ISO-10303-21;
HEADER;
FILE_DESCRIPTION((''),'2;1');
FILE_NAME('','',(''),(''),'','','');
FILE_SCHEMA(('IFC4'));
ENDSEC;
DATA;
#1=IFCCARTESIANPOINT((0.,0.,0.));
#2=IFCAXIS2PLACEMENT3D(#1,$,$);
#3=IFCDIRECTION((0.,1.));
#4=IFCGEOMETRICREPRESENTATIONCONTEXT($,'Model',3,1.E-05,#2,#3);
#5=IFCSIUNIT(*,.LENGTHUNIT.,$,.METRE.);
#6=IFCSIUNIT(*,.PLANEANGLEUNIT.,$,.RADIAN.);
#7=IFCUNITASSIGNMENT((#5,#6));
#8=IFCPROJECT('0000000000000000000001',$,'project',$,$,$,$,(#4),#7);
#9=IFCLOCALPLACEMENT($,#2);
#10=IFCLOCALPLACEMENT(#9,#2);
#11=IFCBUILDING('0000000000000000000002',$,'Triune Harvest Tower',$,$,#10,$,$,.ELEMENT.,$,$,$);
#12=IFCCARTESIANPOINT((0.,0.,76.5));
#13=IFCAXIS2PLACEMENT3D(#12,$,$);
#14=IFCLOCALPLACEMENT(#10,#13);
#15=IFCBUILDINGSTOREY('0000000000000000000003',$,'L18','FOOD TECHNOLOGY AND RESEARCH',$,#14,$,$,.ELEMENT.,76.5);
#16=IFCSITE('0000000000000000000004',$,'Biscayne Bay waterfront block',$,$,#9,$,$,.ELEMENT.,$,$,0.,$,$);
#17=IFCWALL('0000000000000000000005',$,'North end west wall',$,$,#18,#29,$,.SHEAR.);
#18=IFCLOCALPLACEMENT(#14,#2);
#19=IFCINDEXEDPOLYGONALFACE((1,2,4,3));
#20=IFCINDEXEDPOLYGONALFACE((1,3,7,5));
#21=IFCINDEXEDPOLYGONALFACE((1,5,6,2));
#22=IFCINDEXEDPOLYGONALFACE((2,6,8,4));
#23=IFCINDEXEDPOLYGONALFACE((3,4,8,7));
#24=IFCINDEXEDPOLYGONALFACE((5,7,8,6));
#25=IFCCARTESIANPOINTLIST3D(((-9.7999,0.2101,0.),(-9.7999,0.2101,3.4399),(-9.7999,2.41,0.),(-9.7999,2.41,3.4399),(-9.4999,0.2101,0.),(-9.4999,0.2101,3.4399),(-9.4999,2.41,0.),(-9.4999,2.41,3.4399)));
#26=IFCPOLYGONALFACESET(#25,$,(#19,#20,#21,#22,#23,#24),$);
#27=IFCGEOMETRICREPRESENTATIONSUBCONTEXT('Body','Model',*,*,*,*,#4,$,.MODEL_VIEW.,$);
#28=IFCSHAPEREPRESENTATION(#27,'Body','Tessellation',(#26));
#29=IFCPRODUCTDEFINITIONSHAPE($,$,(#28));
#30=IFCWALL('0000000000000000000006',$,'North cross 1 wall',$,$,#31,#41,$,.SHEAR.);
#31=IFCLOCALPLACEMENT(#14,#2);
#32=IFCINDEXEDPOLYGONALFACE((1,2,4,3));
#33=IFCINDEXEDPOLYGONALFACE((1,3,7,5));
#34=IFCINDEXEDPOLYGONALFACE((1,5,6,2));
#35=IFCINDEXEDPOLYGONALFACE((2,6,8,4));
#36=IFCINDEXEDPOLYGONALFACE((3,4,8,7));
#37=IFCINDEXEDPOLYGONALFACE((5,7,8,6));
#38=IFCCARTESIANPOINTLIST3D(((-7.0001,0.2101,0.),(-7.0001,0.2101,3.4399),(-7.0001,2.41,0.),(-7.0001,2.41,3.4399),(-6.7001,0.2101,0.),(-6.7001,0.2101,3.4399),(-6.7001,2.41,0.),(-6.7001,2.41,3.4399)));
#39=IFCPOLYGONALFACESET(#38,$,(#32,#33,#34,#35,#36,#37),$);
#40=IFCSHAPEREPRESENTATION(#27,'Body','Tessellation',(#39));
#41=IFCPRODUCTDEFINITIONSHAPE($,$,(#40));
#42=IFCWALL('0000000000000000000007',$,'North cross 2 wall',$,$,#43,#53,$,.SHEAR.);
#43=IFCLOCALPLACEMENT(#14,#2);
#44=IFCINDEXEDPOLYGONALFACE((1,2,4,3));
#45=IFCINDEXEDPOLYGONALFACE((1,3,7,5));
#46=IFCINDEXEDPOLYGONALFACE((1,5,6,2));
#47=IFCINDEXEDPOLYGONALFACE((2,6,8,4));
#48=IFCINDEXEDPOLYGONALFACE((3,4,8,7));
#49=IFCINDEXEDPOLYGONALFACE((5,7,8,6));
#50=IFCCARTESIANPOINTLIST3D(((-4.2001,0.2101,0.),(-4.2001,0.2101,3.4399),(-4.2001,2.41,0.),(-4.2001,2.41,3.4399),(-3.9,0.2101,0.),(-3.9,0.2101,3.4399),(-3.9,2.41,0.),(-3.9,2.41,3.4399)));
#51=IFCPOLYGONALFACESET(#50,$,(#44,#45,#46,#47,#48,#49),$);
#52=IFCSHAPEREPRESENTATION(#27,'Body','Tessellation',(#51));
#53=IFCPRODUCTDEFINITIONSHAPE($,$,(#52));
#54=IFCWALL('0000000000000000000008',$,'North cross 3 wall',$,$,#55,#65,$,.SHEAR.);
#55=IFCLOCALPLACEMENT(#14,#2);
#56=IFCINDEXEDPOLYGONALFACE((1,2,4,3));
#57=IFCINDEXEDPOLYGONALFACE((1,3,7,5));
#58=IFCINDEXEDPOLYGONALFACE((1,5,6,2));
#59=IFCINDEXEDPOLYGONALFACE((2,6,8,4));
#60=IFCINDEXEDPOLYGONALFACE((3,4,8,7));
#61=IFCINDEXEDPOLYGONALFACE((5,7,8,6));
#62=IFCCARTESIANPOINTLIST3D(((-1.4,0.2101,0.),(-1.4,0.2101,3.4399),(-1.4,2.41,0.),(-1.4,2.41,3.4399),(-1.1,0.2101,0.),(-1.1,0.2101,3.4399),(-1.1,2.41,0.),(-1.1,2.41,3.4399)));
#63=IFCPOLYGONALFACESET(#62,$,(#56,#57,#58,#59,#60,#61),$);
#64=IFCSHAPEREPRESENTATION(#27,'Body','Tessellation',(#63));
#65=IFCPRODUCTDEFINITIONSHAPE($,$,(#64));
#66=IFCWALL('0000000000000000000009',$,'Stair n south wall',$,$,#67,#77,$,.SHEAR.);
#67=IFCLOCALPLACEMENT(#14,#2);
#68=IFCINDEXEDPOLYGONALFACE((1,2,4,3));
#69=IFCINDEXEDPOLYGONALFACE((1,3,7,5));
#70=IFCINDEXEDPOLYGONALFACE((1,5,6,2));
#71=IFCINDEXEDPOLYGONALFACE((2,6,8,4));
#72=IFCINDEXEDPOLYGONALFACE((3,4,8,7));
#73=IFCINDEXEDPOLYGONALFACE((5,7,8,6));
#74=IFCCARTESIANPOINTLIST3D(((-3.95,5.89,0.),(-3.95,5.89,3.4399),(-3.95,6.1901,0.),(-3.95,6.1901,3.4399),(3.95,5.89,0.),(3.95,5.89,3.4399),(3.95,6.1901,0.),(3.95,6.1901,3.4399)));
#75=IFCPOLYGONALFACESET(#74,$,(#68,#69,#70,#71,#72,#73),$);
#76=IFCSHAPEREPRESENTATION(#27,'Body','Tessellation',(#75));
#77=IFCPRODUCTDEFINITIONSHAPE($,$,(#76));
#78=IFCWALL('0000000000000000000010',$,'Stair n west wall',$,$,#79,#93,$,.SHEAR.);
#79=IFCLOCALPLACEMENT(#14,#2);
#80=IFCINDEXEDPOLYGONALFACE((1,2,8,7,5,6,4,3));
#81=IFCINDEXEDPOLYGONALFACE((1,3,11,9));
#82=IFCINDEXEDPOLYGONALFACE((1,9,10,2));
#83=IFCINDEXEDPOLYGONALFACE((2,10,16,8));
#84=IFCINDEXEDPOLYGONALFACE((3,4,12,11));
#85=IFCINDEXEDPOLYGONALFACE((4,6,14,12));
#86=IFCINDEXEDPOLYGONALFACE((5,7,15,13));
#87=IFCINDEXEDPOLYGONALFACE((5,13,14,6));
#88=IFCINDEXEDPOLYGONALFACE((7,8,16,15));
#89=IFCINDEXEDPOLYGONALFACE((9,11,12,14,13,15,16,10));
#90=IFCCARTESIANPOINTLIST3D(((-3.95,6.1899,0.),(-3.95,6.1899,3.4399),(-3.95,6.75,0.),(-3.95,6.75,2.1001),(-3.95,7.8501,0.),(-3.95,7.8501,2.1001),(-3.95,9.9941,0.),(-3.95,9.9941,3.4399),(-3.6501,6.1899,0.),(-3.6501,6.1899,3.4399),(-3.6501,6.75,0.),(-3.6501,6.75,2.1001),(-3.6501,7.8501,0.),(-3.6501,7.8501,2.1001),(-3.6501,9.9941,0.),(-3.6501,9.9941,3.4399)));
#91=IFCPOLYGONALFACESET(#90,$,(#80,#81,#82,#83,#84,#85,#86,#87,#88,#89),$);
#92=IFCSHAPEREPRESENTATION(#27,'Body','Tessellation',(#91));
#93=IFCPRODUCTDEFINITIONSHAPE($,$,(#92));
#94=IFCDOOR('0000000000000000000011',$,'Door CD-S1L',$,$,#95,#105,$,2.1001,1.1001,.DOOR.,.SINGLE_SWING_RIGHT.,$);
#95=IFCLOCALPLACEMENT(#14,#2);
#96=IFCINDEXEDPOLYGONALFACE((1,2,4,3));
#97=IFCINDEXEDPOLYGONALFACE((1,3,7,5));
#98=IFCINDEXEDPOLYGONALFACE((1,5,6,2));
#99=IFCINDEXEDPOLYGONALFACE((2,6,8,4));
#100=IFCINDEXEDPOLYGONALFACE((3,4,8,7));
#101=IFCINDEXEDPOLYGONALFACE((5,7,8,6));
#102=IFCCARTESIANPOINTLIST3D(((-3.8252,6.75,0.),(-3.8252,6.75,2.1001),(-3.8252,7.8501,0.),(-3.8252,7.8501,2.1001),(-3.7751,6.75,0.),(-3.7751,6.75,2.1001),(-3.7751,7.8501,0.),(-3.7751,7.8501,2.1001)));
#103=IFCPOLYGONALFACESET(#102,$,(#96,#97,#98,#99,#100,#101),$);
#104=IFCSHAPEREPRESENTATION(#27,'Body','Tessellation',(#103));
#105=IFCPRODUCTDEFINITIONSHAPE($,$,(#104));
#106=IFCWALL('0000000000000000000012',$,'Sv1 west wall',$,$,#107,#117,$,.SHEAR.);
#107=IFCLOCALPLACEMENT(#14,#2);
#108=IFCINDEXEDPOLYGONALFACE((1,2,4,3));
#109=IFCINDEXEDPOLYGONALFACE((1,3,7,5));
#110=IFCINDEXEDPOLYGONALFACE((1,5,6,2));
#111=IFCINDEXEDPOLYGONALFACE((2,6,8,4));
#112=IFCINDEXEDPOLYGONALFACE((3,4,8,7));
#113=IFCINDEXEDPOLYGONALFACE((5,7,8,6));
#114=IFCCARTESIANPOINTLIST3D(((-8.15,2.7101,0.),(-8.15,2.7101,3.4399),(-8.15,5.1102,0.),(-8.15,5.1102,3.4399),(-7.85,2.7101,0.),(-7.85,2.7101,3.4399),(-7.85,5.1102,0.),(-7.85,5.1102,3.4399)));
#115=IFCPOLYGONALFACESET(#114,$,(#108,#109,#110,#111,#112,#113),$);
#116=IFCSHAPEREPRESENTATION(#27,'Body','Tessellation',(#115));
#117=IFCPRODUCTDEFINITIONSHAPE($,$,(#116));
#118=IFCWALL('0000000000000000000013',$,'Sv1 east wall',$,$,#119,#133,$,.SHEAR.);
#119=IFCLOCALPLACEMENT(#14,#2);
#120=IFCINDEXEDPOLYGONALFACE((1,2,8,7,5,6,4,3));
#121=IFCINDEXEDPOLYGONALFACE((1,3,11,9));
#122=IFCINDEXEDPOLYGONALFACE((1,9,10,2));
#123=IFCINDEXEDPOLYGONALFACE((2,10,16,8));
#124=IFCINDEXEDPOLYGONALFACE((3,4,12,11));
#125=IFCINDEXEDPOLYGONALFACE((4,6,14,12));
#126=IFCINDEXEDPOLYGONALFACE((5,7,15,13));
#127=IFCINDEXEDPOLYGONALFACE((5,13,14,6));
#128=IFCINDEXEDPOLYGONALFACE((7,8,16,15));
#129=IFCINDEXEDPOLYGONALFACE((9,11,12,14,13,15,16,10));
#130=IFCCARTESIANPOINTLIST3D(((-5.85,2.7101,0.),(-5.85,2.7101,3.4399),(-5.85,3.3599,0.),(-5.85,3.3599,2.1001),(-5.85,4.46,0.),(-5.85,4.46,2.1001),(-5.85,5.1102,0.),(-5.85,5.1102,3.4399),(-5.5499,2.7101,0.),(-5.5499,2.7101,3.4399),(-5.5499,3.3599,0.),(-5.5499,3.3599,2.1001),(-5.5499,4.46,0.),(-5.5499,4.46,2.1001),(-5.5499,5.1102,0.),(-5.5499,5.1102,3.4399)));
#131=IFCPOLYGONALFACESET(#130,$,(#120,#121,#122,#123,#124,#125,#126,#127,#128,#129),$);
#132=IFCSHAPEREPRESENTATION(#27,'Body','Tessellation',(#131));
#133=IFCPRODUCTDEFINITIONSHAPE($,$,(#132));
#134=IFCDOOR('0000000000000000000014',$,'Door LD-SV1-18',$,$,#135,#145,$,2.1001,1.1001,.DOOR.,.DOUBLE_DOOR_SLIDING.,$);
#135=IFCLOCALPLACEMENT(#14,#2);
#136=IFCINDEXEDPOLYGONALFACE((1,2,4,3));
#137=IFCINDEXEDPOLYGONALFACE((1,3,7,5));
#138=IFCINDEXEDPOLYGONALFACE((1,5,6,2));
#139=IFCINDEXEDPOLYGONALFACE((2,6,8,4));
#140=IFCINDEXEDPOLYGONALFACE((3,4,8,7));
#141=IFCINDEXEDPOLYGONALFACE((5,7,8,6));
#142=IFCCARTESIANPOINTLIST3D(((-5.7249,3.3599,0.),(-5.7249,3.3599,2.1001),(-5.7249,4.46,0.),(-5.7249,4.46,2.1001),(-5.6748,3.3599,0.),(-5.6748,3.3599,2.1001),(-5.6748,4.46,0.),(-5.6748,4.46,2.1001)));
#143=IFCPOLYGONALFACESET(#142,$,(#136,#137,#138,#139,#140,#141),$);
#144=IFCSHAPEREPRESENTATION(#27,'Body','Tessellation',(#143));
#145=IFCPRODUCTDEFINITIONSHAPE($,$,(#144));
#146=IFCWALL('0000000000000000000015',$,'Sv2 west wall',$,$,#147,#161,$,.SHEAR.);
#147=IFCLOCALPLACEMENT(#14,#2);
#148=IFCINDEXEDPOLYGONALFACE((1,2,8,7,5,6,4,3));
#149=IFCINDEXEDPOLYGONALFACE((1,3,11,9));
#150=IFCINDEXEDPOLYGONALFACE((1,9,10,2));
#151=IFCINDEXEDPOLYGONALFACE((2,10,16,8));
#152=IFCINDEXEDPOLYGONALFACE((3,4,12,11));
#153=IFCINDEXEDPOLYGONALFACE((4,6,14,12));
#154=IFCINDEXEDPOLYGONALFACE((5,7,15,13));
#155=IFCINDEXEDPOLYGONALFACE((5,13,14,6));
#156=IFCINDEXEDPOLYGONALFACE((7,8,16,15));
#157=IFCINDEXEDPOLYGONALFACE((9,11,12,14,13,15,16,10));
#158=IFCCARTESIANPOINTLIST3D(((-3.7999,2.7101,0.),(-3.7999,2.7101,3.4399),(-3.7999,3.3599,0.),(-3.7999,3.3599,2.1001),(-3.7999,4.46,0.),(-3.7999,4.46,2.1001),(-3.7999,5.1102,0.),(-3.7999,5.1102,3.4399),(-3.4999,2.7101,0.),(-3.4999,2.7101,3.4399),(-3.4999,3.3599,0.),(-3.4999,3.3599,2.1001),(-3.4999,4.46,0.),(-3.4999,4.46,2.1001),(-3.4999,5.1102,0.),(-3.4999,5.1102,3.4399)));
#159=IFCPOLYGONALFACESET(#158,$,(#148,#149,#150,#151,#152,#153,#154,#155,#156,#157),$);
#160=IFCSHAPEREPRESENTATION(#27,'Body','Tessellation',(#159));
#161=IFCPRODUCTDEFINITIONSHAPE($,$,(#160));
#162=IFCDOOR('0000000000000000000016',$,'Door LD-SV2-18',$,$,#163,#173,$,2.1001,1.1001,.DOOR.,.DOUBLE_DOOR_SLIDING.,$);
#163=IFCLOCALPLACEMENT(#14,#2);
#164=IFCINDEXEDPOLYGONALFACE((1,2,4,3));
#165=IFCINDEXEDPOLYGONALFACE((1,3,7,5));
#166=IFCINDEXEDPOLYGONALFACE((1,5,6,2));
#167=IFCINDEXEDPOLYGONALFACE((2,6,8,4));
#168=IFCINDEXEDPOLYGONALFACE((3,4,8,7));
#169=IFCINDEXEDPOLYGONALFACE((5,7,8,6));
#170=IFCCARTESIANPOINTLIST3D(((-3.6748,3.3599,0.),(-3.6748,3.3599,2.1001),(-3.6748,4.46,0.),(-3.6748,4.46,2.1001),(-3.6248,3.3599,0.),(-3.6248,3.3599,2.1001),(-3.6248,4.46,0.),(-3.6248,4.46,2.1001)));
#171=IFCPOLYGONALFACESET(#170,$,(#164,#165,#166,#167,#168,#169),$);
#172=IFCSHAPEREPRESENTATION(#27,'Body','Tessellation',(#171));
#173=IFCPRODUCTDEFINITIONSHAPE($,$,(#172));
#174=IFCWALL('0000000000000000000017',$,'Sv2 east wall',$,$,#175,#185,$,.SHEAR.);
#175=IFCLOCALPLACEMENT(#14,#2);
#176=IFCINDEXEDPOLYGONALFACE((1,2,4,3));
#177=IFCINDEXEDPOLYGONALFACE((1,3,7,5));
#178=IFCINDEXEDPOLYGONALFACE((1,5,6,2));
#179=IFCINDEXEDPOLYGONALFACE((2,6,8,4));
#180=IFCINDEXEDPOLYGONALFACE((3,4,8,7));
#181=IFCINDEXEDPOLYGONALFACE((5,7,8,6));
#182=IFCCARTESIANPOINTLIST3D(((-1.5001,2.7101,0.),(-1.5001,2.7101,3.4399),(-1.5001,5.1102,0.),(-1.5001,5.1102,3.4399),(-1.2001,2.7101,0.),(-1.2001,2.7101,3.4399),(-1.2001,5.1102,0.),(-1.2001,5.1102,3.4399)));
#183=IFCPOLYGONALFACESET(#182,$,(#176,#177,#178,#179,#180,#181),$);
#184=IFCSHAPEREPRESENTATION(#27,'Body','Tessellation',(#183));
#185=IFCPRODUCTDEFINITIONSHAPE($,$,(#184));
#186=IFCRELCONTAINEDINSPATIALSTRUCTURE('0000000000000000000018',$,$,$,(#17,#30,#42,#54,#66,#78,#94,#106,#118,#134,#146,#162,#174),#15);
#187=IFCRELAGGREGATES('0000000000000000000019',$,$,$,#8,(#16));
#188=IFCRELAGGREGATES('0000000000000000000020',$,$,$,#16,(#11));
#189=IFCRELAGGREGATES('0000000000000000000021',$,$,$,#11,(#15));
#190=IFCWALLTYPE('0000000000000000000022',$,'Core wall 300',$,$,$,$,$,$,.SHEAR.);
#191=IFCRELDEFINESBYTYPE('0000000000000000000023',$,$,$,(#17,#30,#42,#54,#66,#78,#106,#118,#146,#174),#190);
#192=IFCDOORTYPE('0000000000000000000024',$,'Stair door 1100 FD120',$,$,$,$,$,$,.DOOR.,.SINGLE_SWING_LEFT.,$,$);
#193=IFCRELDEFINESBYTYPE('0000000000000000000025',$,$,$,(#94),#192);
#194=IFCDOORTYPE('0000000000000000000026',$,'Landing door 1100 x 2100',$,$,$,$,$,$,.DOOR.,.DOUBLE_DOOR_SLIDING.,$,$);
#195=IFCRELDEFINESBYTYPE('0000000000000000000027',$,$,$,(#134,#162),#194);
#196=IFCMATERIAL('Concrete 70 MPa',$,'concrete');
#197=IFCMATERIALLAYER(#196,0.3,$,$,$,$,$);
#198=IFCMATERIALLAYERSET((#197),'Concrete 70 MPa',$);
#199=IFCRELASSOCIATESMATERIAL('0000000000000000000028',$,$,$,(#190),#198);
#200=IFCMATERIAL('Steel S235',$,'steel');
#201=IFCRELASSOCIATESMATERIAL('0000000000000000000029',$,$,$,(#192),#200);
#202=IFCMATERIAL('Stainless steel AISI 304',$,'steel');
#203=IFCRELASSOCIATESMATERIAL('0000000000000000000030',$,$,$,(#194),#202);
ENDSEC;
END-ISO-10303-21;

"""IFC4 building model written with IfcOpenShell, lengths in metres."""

from ifc_helpers import new_model, si_unit, direction, frame, frame_2d, origin, place, context, subcontext, project, spatial, polyline, rectangle, outline, extrude, source, transform, mapped, material, layer, layer_set, type_object, element, fill, save


model = new_model("IFC4")

# Units and contexts
model_context = context("Model", 3, precision=1e-05, world=origin(), true_north=direction((0.0, 1.0)))
body_context = subcontext(model_context, "Body", "Model", "MODEL_VIEW")
ifc_project = project(units=[si_unit("LENGTHUNIT", "METRE"), si_unit("PLANEANGLEUNIT", "RADIAN")], contexts=[model_context])

# Site, building, storey
site_placement = place(None, origin())
site = spatial("IfcSite", under=ifc_project, at=site_placement, Name="Biscayne Bay waterfront block", CompositionType="ELEMENT", RefElevation=0.0)
building_placement = place(site_placement, origin())
building = spatial("IfcBuilding", under=site, at=building_placement, Name="Triune Harvest Tower", CompositionType="ELEMENT")
storey_placement = place(building_placement, frame((0.0, 0.0, 76.5)))
storey = spatial("IfcBuildingStorey", under=building, at=storey_placement, Name="L18", Description="FOOD TECHNOLOGY AND RESEARCH", CompositionType="ELEMENT", Elevation=76.5)

# Walls
ifc_material_1 = material(Name="Concrete 70 MPa", Category="concrete")
ifc_layer_1 = layer(ifc_material_1, 0.3)
ifc_layer_set_1 = layer_set([ifc_layer_1], Name="Concrete 70 MPa")
wall_type_1 = type_object("IfcWallType", Name="Core wall 300", PredefinedType="SHEAR", material=ifc_layer_set_1)
shared_shape_1 = source(origin(), body_context, "Body", "SweptSolid", [
    extrude(rectangle(XDim=2.2, YDim=0.3, at=frame_2d((1.1001, 0.0))), origin(), (0.0, 0.0, 1.0), 3.4399),
])
for number, where, z_axis, x_axis, name in (
    (1, (-9.6499, 0.21, 0.0), (0.0, 0.0, 1.0), (0.0, 1.0, 0.0), "North end west wall"),
    (2, (-6.8501, 0.21, 0.0), (0.0, 0.0, 1.0), (0.0, 1.0, 0.0), "North cross 1 wall"),
    (3, (-4.05, 0.21, 0.0), (0.0, 0.0, 1.0), (0.0, 1.0, 0.0), "North cross 2 wall"),
    (4, (-1.25, 0.21, 0.0), (0.0, 0.0, 1.0), (0.0, 1.0, 0.0), "North cross 3 wall"),
):
    element("IfcWall", number, at=place(storey_placement, frame(where, z_axis=z_axis, x_axis=x_axis)), inside=storey, type_object=wall_type_1, Name=name, PredefinedType="SHEAR", context=body_context, shape_type="MappedRepresentation", body=[
        mapped(shared_shape_1, transform((0.0, 0.0, 0.0), scale=1.0)),
    ])
shared_shape_2 = source(origin(), body_context, "Body", "SweptSolid", [
    extrude(rectangle(XDim=7.8999, YDim=0.3, at=frame_2d((3.95, 0.0))), origin(), (0.0, 0.0, 1.0), 3.4399),
])
wall_1_placement = place(storey_placement, frame((-3.95, 6.04, 0.0), z_axis=(0.0, 0.0, 1.0), x_axis=(1.0, 0.0, 0.0)))
element("IfcWall", 5, at=wall_1_placement, inside=storey, type_object=wall_type_1, Name="Stair n south wall", PredefinedType="SHEAR", context=body_context, shape_type="MappedRepresentation", body=[
    mapped(shared_shape_2, transform((0.0, 0.0, 0.0), scale=1.0)),
])

# Wall, opening, door
shared_shape_3 = source(origin(), body_context, "Body", "SweptSolid", [
    extrude(outline(polyline([(0.0, -0.1499), (0.0, 0.1499), (3.8042, 0.1499), (3.8042, -0.1499), (0.0, -0.1499)])), origin(), (0.0, 0.0, 1.0), 3.4399),
])
wall_2_placement = place(storey_placement, frame((-3.8, 6.1899, 0.0), z_axis=(0.0, 0.0, 1.0), x_axis=(0.0, 1.0, 0.0)))
wall_2 = element("IfcWall", 6, at=wall_2_placement, inside=storey, type_object=wall_type_1, Name="Stair n west wall", PredefinedType="SHEAR", context=body_context, shape_type="MappedRepresentation", body=[
    mapped(shared_shape_3, transform((0.0, 0.0, 0.0), scale=1.0)),
])
opening_1_placement = place(wall_2_placement, frame((0.5601, 0.0, 0.0)))
opening_1 = element("IfcOpeningElement", 7, at=opening_1_placement, cuts=wall_2, PredefinedType="OPENING", context=body_context, shape_type="SweptSolid", body=[
    extrude(rectangle(XDim=1.1001, YDim=2.1001, at=frame_2d((0.55, 1.05))), frame((0.0, 0.1602, 0.0), z_axis=(0.0, -1.0, 0.0), x_axis=(1.0, 0.0, 0.0)), (0.0, 0.0, 1.0), 0.3201),
])
ifc_material_2 = material(Name="Steel S235", Category="steel")
door_type_1 = type_object("IfcDoorType", Name="Stair door 1100 FD120", OperationType="SINGLE_SWING_LEFT", PredefinedType="DOOR", material=ifc_material_2)
door_1_placement = place(opening_1_placement, frame((1.1001, 0.0, 0.0), z_axis=(0.0, 0.0, 1.0), x_axis=(-1.0, 0.0, 0.0)))
door_1 = element("IfcDoor", 8, at=door_1_placement, inside=storey, type_object=door_type_1, Name="Door CD-S1L", OperationType="SINGLE_SWING_RIGHT", OverallHeight=2.1001, OverallWidth=1.1001, PredefinedType="DOOR", context=body_context, shape_type="SweptSolid", body=[
    extrude(rectangle(XDim=1.1001, YDim=2.1001, at=frame_2d((0.55, 1.05))), frame((0.0, 0.0249, 0.0), z_axis=(0.0, -1.0, 0.0), x_axis=(1.0, 0.0, 0.0)), (0.0, 0.0, 1.0), 0.05),
])
fill(opening_1, door_1)

# Wall
shared_shape_4 = source(origin(), body_context, "Body", "SweptSolid", [
    extrude(rectangle(XDim=2.4001, YDim=0.3, at=frame_2d((1.2002, 0.0))), origin(), (0.0, 0.0, 1.0), 3.4399),
])
wall_3_placement = place(storey_placement, frame((-8.0, 2.71, 0.0), z_axis=(0.0, 0.0, 1.0), x_axis=(0.0, 1.0, 0.0)))
element("IfcWall", 9, at=wall_3_placement, inside=storey, type_object=wall_type_1, Name="Sv1 west wall", PredefinedType="SHEAR", context=body_context, shape_type="MappedRepresentation", body=[
    mapped(shared_shape_4, transform((0.0, 0.0, 0.0), scale=1.0)),
])

# Walls, openings, doors
wall_4_placement = place(storey_placement, frame((-5.7, 2.71, 0.0), z_axis=(0.0, 0.0, 1.0), x_axis=(0.0, 1.0, 0.0)))
wall_4 = element("IfcWall", 10, at=wall_4_placement, inside=storey, type_object=wall_type_1, Name="Sv1 east wall", PredefinedType="SHEAR", context=body_context, shape_type="MappedRepresentation", body=[
    mapped(shared_shape_4, transform((0.0, 0.0, 0.0), scale=1.0)),
])
opening_2_placement = place(wall_4_placement, frame((0.6499, 0.0, 0.0)))
opening_2 = element("IfcOpeningElement", 11, at=opening_2_placement, cuts=wall_4, PredefinedType="OPENING", context=body_context, shape_type="SweptSolid", body=[
    extrude(rectangle(XDim=1.1001, YDim=2.1001, at=frame_2d((0.55, 1.05))), frame((0.0, 0.1602, 0.0), z_axis=(0.0, -1.0, 0.0), x_axis=(1.0, 0.0, 0.0)), (0.0, 0.0, 1.0), 0.3201),
])
ifc_material_3 = material(Name="Stainless steel AISI 304", Category="steel")
door_type_2 = type_object("IfcDoorType", Name="Landing door 1100 x 2100", OperationType="DOUBLE_DOOR_SLIDING", PredefinedType="DOOR", material=ifc_material_3)
door_2_placement = place(opening_2_placement, origin())
door_2 = element("IfcDoor", 12, at=door_2_placement, inside=storey, type_object=door_type_2, Name="Door LD-SV1-18", OperationType="DOUBLE_DOOR_SLIDING", OverallHeight=2.1001, OverallWidth=1.1001, PredefinedType="DOOR", context=body_context, shape_type="SweptSolid", body=[
    extrude(rectangle(XDim=1.1001, YDim=2.1001, at=frame_2d((0.55, 1.05))), frame((0.0, 0.0249, 0.0), z_axis=(0.0, -1.0, 0.0), x_axis=(1.0, 0.0, 0.0)), (0.0, 0.0, 1.0), 0.05),
])
fill(opening_2, door_2)
wall_5_placement = place(storey_placement, frame((-3.6499, 2.71, 0.0), z_axis=(0.0, 0.0, 1.0), x_axis=(0.0, 1.0, 0.0)))
wall_5 = element("IfcWall", 13, at=wall_5_placement, inside=storey, type_object=wall_type_1, Name="Sv2 west wall", PredefinedType="SHEAR", context=body_context, shape_type="MappedRepresentation", body=[
    mapped(shared_shape_4, transform((0.0, 0.0, 0.0), scale=1.0)),
])
opening_3_placement = place(wall_5_placement, frame((0.6499, 0.0, 0.0)))
opening_3 = element("IfcOpeningElement", 14, at=opening_3_placement, cuts=wall_5, PredefinedType="OPENING", context=body_context, shape_type="SweptSolid", body=[
    extrude(rectangle(XDim=1.1001, YDim=2.1001, at=frame_2d((0.55, 1.05))), frame((0.0, 0.1602, 0.0), z_axis=(0.0, -1.0, 0.0), x_axis=(1.0, 0.0, 0.0)), (0.0, 0.0, 1.0), 0.3201),
])
door_3_placement = place(opening_3_placement, origin())
door_3 = element("IfcDoor", 15, at=door_3_placement, inside=storey, type_object=door_type_2, Name="Door LD-SV2-18", OperationType="DOUBLE_DOOR_SLIDING", OverallHeight=2.1001, OverallWidth=1.1001, PredefinedType="DOOR", context=body_context, shape_type="SweptSolid", body=[
    extrude(rectangle(XDim=1.1001, YDim=2.1001, at=frame_2d((0.55, 1.05))), frame((0.0, 0.0249, 0.0), z_axis=(0.0, -1.0, 0.0), x_axis=(1.0, 0.0, 0.0)), (0.0, 0.0, 1.0), 0.05),
])
fill(opening_3, door_3)

# Wall
wall_6_placement = place(storey_placement, frame((-1.3501, 2.71, 0.0), z_axis=(0.0, 0.0, 1.0), x_axis=(0.0, 1.0, 0.0)))
element("IfcWall", 16, at=wall_6_placement, inside=storey, type_object=wall_type_1, Name="Sv2 east wall", PredefinedType="SHEAR", context=body_context, shape_type="MappedRepresentation", body=[
    mapped(shared_shape_4, transform((0.0, 0.0, 0.0), scale=1.0)),
])

save(model, "model.ifc")
